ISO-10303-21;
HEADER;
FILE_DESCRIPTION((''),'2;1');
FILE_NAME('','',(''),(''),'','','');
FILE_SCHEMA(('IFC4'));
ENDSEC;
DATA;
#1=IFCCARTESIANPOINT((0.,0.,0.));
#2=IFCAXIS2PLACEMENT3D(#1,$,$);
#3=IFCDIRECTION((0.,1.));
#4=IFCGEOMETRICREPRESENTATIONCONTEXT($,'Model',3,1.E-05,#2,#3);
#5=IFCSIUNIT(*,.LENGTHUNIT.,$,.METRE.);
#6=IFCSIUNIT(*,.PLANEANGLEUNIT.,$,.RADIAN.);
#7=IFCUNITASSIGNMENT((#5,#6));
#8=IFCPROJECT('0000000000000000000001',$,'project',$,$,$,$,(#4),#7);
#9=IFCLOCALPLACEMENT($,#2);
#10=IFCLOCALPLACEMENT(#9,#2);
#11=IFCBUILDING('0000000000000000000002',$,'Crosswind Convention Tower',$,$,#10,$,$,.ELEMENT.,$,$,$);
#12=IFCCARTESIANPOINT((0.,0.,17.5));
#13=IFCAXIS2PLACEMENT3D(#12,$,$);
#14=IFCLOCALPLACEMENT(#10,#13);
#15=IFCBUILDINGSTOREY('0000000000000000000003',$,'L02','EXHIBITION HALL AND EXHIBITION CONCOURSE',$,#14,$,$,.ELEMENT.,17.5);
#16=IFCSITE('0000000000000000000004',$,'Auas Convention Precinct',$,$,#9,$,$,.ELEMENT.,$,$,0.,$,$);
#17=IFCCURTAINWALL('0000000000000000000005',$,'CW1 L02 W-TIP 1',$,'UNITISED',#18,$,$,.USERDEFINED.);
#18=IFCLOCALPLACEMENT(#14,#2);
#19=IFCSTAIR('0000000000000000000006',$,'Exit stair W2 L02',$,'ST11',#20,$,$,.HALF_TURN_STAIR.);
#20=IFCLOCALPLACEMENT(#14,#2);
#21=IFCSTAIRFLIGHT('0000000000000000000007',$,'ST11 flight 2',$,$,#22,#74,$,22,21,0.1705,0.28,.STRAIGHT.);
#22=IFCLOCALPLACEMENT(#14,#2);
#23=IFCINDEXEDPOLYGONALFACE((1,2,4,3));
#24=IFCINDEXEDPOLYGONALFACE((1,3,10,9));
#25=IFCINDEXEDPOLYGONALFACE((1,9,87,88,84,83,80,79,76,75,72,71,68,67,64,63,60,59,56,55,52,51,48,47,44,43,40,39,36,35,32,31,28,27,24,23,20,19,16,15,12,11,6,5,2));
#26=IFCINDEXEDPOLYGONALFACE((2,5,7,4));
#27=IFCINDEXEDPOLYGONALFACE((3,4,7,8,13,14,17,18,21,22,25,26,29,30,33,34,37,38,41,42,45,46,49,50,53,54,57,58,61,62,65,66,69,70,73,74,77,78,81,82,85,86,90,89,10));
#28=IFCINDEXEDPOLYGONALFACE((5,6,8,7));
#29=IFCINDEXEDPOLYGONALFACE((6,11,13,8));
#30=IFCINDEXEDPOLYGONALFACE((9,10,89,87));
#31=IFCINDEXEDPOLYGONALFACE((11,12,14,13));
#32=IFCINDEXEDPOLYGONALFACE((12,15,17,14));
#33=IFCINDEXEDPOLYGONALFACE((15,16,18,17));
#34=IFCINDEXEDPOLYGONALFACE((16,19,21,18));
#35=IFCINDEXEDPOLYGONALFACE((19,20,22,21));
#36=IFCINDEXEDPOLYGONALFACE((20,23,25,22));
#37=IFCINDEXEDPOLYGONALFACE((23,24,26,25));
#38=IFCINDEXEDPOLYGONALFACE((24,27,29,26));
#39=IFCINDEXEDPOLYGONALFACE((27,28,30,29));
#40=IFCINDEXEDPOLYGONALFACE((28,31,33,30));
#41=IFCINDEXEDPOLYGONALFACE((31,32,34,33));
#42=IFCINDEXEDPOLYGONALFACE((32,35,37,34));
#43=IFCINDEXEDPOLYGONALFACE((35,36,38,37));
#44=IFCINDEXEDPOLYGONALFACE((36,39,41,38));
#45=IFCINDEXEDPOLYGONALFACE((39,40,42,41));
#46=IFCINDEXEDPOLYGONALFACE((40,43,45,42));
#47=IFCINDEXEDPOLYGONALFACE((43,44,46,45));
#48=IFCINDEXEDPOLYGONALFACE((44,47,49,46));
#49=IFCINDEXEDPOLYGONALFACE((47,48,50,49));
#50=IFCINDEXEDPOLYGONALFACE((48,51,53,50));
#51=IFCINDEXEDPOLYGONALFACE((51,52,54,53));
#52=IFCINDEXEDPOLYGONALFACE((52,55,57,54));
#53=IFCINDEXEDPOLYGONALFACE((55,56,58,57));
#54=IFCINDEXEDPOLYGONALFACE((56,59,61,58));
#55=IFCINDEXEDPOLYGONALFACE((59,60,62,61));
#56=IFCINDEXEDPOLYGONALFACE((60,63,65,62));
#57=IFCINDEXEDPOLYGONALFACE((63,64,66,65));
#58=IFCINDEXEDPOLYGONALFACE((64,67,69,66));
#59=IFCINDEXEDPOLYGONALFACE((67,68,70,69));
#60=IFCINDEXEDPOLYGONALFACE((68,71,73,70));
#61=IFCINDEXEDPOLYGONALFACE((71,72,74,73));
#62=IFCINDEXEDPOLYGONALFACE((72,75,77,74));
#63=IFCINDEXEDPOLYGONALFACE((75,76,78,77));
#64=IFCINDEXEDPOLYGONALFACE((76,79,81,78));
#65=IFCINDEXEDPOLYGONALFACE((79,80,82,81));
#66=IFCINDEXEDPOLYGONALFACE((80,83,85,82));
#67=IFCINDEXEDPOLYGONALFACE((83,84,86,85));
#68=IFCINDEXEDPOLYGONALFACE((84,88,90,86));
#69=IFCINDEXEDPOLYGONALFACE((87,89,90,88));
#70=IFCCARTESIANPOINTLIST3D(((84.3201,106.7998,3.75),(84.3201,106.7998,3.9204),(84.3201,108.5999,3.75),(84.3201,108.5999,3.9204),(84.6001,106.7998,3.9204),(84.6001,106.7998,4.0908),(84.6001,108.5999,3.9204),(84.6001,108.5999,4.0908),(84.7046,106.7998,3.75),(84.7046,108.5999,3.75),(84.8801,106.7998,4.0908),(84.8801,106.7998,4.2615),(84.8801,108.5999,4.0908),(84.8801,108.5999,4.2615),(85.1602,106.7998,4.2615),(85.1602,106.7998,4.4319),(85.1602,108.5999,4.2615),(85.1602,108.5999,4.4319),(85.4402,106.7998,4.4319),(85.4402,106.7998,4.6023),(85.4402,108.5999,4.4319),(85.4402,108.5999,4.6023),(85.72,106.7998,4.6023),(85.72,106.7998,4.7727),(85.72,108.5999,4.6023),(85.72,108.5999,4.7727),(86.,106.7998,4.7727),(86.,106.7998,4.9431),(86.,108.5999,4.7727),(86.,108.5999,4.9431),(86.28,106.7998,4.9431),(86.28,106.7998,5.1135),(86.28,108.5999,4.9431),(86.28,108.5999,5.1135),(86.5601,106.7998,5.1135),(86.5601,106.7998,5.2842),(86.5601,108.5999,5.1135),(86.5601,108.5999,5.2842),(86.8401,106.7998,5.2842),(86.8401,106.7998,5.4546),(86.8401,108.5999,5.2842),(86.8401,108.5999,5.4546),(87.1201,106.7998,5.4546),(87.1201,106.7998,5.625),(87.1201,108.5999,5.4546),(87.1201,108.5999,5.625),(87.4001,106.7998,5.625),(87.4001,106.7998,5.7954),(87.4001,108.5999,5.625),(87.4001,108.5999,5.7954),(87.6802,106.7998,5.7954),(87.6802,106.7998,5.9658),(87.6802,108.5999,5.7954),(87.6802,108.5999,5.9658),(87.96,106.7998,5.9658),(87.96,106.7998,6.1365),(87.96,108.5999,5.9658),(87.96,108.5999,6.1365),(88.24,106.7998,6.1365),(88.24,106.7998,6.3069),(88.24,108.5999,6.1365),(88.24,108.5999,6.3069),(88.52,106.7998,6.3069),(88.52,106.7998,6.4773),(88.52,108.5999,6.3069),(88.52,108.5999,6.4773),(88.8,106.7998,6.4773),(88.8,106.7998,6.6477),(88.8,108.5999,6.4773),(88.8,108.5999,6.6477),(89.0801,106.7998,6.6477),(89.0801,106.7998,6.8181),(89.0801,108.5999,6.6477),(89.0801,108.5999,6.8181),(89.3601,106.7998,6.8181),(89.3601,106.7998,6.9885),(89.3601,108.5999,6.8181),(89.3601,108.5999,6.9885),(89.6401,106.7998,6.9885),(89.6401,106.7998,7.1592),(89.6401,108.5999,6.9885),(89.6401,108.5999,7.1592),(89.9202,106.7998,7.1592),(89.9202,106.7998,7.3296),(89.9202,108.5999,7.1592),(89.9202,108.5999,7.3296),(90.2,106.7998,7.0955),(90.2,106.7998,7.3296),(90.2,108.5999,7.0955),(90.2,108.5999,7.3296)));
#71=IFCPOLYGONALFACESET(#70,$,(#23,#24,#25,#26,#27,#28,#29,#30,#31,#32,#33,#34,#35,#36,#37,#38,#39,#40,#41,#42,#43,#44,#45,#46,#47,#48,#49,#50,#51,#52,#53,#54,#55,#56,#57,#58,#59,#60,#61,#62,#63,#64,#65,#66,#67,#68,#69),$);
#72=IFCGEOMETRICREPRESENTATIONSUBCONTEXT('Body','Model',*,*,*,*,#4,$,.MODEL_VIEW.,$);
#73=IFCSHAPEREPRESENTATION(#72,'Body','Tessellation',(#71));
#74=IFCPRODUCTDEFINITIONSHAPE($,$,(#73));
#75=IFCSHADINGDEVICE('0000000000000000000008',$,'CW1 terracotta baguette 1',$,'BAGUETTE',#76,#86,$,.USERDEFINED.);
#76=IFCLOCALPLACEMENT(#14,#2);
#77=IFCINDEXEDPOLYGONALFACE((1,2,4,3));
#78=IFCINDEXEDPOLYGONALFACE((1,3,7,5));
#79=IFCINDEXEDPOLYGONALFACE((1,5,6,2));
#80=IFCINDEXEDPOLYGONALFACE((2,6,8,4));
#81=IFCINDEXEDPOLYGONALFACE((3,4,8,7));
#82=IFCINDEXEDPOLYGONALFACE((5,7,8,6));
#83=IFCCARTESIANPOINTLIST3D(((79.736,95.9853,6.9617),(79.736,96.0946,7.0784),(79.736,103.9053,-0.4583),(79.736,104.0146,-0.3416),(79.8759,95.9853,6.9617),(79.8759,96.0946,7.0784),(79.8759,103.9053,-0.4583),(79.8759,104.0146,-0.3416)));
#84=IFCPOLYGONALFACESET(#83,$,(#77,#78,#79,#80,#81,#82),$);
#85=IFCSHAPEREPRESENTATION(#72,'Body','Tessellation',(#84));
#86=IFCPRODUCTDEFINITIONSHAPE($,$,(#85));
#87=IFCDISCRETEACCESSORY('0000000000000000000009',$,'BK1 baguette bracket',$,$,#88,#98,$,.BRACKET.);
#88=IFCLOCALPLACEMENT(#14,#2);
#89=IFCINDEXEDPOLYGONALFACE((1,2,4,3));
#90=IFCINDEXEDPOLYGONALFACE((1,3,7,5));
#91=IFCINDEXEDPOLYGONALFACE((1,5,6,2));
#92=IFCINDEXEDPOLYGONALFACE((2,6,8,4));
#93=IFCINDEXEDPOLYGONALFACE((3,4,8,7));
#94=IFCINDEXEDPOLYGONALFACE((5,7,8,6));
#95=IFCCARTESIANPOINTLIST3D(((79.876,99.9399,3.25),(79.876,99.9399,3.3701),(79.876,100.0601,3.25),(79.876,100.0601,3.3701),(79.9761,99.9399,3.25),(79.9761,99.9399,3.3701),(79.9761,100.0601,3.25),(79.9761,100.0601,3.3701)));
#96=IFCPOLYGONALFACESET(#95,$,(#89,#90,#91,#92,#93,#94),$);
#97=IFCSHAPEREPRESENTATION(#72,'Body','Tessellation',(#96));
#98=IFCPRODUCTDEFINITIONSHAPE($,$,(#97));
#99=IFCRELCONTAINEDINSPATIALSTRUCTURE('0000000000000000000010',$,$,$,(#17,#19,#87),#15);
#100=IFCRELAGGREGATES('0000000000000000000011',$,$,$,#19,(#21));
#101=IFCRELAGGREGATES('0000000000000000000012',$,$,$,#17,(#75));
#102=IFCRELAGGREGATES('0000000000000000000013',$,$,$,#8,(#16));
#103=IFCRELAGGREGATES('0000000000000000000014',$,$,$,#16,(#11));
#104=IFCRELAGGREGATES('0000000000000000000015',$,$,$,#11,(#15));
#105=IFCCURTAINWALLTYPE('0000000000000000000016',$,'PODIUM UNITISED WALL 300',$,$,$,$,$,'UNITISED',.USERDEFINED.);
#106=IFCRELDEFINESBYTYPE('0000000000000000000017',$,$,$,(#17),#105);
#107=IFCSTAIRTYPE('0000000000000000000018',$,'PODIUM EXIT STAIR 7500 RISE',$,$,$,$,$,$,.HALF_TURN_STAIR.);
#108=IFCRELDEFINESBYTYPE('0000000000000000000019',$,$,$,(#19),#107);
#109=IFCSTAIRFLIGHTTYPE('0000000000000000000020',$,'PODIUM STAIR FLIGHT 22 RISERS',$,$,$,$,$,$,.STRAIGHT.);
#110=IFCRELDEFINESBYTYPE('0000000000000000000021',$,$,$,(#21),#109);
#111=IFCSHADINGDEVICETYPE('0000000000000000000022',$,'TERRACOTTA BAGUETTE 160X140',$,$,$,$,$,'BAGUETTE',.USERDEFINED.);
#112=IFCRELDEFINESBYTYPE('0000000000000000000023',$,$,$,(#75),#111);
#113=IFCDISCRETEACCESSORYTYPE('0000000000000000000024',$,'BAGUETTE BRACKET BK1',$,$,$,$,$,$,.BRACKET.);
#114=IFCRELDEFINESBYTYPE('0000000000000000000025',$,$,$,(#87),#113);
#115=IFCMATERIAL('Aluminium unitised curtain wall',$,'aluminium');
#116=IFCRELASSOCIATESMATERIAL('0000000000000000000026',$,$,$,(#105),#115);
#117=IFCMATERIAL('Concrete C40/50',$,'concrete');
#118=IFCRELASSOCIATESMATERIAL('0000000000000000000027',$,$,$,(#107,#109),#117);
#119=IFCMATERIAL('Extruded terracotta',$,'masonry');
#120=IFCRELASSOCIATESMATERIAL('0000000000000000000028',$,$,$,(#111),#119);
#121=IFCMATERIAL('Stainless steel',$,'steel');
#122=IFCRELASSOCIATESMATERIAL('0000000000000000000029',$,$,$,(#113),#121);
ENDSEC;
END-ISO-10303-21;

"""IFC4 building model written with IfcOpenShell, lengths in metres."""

from ifc_helpers import new_model, si_unit, direction, frame, origin, origin_2d, place, context, subcontext, project, spatial, polyline, rectangle, outline, extrude, material, material_profile, profile_set, type_object, element, aggregate, save


model = new_model("IFC4")

# Units and contexts
model_context = context("Model", 3, precision=1e-05, world=origin(), true_north=direction((0.0, 1.0)))
body_context = subcontext(model_context, "Body", "Model", "MODEL_VIEW")
ifc_project = project(units=[si_unit("LENGTHUNIT", "METRE"), si_unit("PLANEANGLEUNIT", "RADIAN")], contexts=[model_context])

# Site, building, storey
site_placement = place(None, origin())
site = spatial("IfcSite", under=ifc_project, at=site_placement, Name="Auas Convention Precinct", CompositionType="ELEMENT", RefElevation=0.0)
building_placement = place(site_placement, origin())
building = spatial("IfcBuilding", under=site, at=building_placement, Name="Crosswind Convention Tower", CompositionType="ELEMENT")
storey_placement = place(building_placement, frame((0.0, 0.0, 17.5)))
storey = spatial("IfcBuildingStorey", under=building, at=storey_placement, Name="L02", Description="EXHIBITION HALL AND EXHIBITION CONCOURSE", CompositionType="ELEMENT", Elevation=17.5)

# Curtain wall
ifc_material_1 = material(Name="Aluminium unitised curtain wall", Category="aluminium")
curtain_wall_type = type_object("IfcCurtainWallType", Name="PODIUM UNITISED WALL 300", ElementType="UNITISED", PredefinedType="USERDEFINED", material=ifc_material_1)
curtain_wall_placement = place(storey_placement, origin())
curtain_wall = element("IfcCurtainWall", 1, at=curtain_wall_placement, inside=storey, type_object=curtain_wall_type, Name="CW1 L02 W-TIP 1", ObjectType="UNITISED", PredefinedType="USERDEFINED")

# Shared definitions
ifc_material_2 = material(Name="Concrete C40/50", Category="concrete")

# Stair, stair flight
stair_type = type_object("IfcStairType", Name="PODIUM EXIT STAIR 7500 RISE", PredefinedType="HALF_TURN_STAIR", material=ifc_material_2)
stair_placement = place(storey_placement, origin())
stair = element("IfcStair", 2, at=stair_placement, inside=storey, type_object=stair_type, Name="Exit stair W2 L02", ObjectType="ST11", PredefinedType="HALF_TURN_STAIR")
stair_flight_type = type_object("IfcStairFlightType", Name="PODIUM STAIR FLIGHT 22 RISERS", PredefinedType="STRAIGHT", material=ifc_material_2)
stair_flight_1_placement = place(storey_placement, frame((84.3201, 107.7, 3.75), z_axis=(0.0, 0.0, 1.0), x_axis=(1.0, 0.0, 0.0)))
stair_flight_1 = element("IfcStairFlight", 3, at=stair_flight_1_placement, type_object=stair_flight_type, Name="ST11 flight 2", NumberOfRisers=22, NumberOfTreads=21, PredefinedType="STRAIGHT", RiserHeight=0.1705, TreadLength=0.28, context=body_context, shape_type="SweptSolid", body=[
    extrude(outline(polyline([(0.0, 0.0), (0.0, 0.1704), (0.28, 0.1704), (0.28, 0.3408), (0.5601, 0.3408), (0.5601, 0.5115), (0.8401, 0.5115), (0.8401, 0.6819), (1.1201, 0.6819), (1.1201, 0.8523), (1.3999, 0.8523), (1.3999, 1.0227), (1.6799, 1.0227), (1.6799, 1.1931), (1.96, 1.1931), (1.96, 1.3635), (2.24, 1.3635), (2.24, 1.5342), (2.52, 1.5342), (2.52, 1.7046), (2.8, 1.7046), (2.8, 1.875), (3.0801, 1.875), (3.0801, 2.0454), (3.3601, 2.0454), (3.3601, 2.2158), (3.6399, 2.2158), (3.6399, 2.3865), (3.9199, 2.3865), (3.9199, 2.5569), (4.2, 2.5569), (4.2, 2.7273), (4.48, 2.7273), (4.48, 2.8977), (4.76, 2.8977), (4.76, 3.0681), (5.04, 3.0681), (5.04, 3.2385), (5.3201, 3.2385), (5.3201, 3.4092), (5.6001, 3.4092), (5.6001, 3.5796), (5.8799, 3.5796), (5.8799, 3.75), (5.8799, 3.3455), (0.3845, 0.0), (0.0, 0.0)])), frame((0.0, 0.8999, 0.0), z_axis=(0.0, -1.0, 0.0), x_axis=(1.0, 0.0, 0.0)), (0.0, 0.0, 1.0), 1.8),
])
aggregate(stair, [stair_flight_1])

# Shared definitions
ifc_material_3 = material(Name="Stainless steel", Category="steel")

# Shading device
ifc_material_4 = material(Name="Extruded terracotta", Category="masonry")
ifc_material_profile_1 = material_profile(ifc_material_4, rectangle(XDim=0.1399, YDim=0.1599, at=origin_2d()), Name="TC 140X160")
ifc_profile_set_1 = profile_set([ifc_material_profile_1], Name="Extruded terracotta")
shading_device_type = type_object("IfcShadingDeviceType", Name="TERRACOTTA BAGUETTE 160X140", ElementType="BAGUETTE", PredefinedType="USERDEFINED", material=ifc_profile_set_1)
shading_device_placement = place(storey_placement, frame((79.8059, 103.96, -0.3999), z_axis=(0.0, -0.729767, 0.683696), x_axis=(1.0, 0.0, 0.0)))
shading_device = element("IfcShadingDevice", 4, at=shading_device_placement, type_object=shading_device_type, Name="CW1 terracotta baguette 1", ObjectType="BAGUETTE", PredefinedType="USERDEFINED", context=body_context, shape_type="SweptSolid", body=[
    extrude(rectangle(XDim=0.1399, YDim=0.1599, at=origin_2d()), origin(), (0.0, 0.0, 1.0), 10.8528),
])
aggregate(curtain_wall, [shading_device])

# Discrete accessory
discrete_accessory_type = type_object("IfcDiscreteAccessoryType", Name="BAGUETTE BRACKET BK1", PredefinedType="BRACKET", material=ifc_material_3)
discrete_accessory_placement = place(storey_placement, frame((79.926, 100.0, 3.25), z_axis=(0.0, 0.0, 1.0), x_axis=(0.0, -1.0, 0.0)))
element("IfcDiscreteAccessory", 5, at=discrete_accessory_placement, inside=storey, type_object=discrete_accessory_type, Name="BK1 baguette bracket", PredefinedType="BRACKET", context=body_context, shape_type="SweptSolid", body=[
    extrude(rectangle(XDim=0.1201, YDim=0.1001, at=origin_2d()), origin(), (0.0, 0.0, 1.0), 0.1201),
])

save(model, "model.ifc")
